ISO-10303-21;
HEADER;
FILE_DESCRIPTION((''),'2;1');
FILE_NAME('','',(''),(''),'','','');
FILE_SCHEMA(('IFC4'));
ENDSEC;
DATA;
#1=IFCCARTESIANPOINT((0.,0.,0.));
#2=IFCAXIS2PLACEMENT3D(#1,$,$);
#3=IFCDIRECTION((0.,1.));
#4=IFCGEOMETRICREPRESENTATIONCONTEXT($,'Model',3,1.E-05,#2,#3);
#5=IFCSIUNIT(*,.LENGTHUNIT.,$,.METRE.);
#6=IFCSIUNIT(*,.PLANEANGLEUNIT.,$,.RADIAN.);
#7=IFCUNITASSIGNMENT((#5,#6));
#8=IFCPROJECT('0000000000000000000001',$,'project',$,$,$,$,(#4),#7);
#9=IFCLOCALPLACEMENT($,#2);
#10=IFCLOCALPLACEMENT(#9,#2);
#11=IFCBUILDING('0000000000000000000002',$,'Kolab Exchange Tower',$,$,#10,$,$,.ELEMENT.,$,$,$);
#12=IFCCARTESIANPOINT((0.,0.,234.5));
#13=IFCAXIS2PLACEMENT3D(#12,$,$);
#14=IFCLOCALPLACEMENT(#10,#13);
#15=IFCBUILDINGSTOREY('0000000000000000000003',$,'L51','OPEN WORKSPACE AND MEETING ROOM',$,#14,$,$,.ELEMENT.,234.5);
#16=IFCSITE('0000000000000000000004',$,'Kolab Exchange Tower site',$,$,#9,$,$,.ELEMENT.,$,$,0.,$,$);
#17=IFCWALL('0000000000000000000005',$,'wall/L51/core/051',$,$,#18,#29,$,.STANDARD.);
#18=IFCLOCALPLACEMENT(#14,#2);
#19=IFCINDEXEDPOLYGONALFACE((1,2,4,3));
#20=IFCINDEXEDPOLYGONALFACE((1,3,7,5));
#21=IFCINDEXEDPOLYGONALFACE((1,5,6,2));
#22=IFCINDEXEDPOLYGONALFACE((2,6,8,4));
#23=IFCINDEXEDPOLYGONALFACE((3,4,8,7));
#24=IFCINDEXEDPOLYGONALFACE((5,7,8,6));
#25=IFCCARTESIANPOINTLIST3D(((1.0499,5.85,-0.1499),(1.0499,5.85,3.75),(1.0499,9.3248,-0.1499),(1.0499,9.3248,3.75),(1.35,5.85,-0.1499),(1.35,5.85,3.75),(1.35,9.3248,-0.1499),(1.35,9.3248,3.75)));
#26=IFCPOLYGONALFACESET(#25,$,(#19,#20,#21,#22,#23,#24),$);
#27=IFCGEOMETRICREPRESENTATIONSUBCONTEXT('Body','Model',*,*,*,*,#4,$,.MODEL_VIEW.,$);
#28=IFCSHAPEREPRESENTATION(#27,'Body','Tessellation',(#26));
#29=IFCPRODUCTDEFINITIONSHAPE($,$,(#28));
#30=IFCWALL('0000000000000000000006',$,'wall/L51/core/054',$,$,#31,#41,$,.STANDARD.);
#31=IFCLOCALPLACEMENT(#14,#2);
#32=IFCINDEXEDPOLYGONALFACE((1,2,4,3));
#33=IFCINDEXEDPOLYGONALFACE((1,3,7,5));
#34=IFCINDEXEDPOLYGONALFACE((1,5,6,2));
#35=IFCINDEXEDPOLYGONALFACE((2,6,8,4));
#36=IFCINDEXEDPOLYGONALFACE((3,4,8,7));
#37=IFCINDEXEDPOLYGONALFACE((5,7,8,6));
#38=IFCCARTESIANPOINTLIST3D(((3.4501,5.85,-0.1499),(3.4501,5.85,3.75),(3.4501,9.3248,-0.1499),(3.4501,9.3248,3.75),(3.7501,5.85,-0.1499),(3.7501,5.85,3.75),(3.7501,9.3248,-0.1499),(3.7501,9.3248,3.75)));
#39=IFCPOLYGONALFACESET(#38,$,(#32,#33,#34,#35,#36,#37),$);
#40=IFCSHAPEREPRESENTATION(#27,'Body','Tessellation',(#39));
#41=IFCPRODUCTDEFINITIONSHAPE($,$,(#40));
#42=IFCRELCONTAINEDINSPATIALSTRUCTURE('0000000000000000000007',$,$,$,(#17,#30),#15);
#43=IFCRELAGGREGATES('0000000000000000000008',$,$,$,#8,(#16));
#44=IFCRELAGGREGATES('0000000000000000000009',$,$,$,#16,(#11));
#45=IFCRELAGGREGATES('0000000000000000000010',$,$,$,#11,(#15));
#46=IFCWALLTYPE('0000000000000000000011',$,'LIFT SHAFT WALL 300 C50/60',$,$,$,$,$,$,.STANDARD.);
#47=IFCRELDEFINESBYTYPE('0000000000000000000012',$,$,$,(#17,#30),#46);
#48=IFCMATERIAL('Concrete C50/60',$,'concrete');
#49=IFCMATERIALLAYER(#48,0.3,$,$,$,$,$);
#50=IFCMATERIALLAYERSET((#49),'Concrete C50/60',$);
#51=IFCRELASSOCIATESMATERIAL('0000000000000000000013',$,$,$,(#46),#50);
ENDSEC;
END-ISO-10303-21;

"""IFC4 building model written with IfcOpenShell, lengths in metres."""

from ifc_helpers import new_model, si_unit, direction, frame, frame_2d, origin, place, context, subcontext, project, spatial, rectangle, extrude, material, layer, layer_set, type_object, element, save


model = new_model("IFC4")

# Units and contexts
model_context = context("Model", 3, precision=1e-05, world=origin(), true_north=direction((0.0, 1.0)))
body_context = subcontext(model_context, "Body", "Model", "MODEL_VIEW")
ifc_project = project(units=[si_unit("LENGTHUNIT", "METRE"), si_unit("PLANEANGLEUNIT", "RADIAN")], contexts=[model_context])

# Site, building, storey
site_placement = place(None, origin())
site = spatial("IfcSite", under=ifc_project, at=site_placement, Name="Kolab Exchange Tower site", CompositionType="ELEMENT", RefElevation=0.0)
building_placement = place(site_placement, origin())
building = spatial("IfcBuilding", under=site, at=building_placement, Name="Kolab Exchange Tower", CompositionType="ELEMENT")
storey_placement = place(building_placement, frame((0.0, 0.0, 234.5)))
storey = spatial("IfcBuildingStorey", under=building, at=storey_placement, Name="L51", Description="OPEN WORKSPACE AND MEETING ROOM", CompositionType="ELEMENT", Elevation=234.5)

# Shared definitions
ifc_material_1 = material(Name="Concrete C50/60", Category="concrete")

# Shared definitions
ifc_layer_1 = layer(ifc_material_1, 0.3)
ifc_layer_set_1 = layer_set([ifc_layer_1], Name="Concrete C50/60")
wall_type = type_object("IfcWallType", Name="LIFT SHAFT WALL 300 C50/60", PredefinedType="STANDARD", material=ifc_layer_set_1)

# Walls
for number, where, z_axis, x_axis, name in (
    (1, (1.2, 5.8501, -0.1499), (0.0, 0.0, 1.0), (0.0, 1.0, 0.0), "wall/L51/core/051"),
    (2, (3.6001, 5.8501, -0.1499), (0.0, 0.0, 1.0), (0.0, 1.0, 0.0), "wall/L51/core/054"),
):
    element("IfcWall", number, at=place(storey_placement, frame(where, z_axis=z_axis, x_axis=x_axis)), inside=storey, type_object=wall_type, Name=name, PredefinedType="STANDARD", context=body_context, shape_type="SweptSolid", body=[
        extrude(rectangle(XDim=3.4749, YDim=0.3, at=frame_2d((1.7373, 0.0))), origin(), (0.0, 0.0, 1.0), 3.8999),
    ])

save(model, "model.ifc")
